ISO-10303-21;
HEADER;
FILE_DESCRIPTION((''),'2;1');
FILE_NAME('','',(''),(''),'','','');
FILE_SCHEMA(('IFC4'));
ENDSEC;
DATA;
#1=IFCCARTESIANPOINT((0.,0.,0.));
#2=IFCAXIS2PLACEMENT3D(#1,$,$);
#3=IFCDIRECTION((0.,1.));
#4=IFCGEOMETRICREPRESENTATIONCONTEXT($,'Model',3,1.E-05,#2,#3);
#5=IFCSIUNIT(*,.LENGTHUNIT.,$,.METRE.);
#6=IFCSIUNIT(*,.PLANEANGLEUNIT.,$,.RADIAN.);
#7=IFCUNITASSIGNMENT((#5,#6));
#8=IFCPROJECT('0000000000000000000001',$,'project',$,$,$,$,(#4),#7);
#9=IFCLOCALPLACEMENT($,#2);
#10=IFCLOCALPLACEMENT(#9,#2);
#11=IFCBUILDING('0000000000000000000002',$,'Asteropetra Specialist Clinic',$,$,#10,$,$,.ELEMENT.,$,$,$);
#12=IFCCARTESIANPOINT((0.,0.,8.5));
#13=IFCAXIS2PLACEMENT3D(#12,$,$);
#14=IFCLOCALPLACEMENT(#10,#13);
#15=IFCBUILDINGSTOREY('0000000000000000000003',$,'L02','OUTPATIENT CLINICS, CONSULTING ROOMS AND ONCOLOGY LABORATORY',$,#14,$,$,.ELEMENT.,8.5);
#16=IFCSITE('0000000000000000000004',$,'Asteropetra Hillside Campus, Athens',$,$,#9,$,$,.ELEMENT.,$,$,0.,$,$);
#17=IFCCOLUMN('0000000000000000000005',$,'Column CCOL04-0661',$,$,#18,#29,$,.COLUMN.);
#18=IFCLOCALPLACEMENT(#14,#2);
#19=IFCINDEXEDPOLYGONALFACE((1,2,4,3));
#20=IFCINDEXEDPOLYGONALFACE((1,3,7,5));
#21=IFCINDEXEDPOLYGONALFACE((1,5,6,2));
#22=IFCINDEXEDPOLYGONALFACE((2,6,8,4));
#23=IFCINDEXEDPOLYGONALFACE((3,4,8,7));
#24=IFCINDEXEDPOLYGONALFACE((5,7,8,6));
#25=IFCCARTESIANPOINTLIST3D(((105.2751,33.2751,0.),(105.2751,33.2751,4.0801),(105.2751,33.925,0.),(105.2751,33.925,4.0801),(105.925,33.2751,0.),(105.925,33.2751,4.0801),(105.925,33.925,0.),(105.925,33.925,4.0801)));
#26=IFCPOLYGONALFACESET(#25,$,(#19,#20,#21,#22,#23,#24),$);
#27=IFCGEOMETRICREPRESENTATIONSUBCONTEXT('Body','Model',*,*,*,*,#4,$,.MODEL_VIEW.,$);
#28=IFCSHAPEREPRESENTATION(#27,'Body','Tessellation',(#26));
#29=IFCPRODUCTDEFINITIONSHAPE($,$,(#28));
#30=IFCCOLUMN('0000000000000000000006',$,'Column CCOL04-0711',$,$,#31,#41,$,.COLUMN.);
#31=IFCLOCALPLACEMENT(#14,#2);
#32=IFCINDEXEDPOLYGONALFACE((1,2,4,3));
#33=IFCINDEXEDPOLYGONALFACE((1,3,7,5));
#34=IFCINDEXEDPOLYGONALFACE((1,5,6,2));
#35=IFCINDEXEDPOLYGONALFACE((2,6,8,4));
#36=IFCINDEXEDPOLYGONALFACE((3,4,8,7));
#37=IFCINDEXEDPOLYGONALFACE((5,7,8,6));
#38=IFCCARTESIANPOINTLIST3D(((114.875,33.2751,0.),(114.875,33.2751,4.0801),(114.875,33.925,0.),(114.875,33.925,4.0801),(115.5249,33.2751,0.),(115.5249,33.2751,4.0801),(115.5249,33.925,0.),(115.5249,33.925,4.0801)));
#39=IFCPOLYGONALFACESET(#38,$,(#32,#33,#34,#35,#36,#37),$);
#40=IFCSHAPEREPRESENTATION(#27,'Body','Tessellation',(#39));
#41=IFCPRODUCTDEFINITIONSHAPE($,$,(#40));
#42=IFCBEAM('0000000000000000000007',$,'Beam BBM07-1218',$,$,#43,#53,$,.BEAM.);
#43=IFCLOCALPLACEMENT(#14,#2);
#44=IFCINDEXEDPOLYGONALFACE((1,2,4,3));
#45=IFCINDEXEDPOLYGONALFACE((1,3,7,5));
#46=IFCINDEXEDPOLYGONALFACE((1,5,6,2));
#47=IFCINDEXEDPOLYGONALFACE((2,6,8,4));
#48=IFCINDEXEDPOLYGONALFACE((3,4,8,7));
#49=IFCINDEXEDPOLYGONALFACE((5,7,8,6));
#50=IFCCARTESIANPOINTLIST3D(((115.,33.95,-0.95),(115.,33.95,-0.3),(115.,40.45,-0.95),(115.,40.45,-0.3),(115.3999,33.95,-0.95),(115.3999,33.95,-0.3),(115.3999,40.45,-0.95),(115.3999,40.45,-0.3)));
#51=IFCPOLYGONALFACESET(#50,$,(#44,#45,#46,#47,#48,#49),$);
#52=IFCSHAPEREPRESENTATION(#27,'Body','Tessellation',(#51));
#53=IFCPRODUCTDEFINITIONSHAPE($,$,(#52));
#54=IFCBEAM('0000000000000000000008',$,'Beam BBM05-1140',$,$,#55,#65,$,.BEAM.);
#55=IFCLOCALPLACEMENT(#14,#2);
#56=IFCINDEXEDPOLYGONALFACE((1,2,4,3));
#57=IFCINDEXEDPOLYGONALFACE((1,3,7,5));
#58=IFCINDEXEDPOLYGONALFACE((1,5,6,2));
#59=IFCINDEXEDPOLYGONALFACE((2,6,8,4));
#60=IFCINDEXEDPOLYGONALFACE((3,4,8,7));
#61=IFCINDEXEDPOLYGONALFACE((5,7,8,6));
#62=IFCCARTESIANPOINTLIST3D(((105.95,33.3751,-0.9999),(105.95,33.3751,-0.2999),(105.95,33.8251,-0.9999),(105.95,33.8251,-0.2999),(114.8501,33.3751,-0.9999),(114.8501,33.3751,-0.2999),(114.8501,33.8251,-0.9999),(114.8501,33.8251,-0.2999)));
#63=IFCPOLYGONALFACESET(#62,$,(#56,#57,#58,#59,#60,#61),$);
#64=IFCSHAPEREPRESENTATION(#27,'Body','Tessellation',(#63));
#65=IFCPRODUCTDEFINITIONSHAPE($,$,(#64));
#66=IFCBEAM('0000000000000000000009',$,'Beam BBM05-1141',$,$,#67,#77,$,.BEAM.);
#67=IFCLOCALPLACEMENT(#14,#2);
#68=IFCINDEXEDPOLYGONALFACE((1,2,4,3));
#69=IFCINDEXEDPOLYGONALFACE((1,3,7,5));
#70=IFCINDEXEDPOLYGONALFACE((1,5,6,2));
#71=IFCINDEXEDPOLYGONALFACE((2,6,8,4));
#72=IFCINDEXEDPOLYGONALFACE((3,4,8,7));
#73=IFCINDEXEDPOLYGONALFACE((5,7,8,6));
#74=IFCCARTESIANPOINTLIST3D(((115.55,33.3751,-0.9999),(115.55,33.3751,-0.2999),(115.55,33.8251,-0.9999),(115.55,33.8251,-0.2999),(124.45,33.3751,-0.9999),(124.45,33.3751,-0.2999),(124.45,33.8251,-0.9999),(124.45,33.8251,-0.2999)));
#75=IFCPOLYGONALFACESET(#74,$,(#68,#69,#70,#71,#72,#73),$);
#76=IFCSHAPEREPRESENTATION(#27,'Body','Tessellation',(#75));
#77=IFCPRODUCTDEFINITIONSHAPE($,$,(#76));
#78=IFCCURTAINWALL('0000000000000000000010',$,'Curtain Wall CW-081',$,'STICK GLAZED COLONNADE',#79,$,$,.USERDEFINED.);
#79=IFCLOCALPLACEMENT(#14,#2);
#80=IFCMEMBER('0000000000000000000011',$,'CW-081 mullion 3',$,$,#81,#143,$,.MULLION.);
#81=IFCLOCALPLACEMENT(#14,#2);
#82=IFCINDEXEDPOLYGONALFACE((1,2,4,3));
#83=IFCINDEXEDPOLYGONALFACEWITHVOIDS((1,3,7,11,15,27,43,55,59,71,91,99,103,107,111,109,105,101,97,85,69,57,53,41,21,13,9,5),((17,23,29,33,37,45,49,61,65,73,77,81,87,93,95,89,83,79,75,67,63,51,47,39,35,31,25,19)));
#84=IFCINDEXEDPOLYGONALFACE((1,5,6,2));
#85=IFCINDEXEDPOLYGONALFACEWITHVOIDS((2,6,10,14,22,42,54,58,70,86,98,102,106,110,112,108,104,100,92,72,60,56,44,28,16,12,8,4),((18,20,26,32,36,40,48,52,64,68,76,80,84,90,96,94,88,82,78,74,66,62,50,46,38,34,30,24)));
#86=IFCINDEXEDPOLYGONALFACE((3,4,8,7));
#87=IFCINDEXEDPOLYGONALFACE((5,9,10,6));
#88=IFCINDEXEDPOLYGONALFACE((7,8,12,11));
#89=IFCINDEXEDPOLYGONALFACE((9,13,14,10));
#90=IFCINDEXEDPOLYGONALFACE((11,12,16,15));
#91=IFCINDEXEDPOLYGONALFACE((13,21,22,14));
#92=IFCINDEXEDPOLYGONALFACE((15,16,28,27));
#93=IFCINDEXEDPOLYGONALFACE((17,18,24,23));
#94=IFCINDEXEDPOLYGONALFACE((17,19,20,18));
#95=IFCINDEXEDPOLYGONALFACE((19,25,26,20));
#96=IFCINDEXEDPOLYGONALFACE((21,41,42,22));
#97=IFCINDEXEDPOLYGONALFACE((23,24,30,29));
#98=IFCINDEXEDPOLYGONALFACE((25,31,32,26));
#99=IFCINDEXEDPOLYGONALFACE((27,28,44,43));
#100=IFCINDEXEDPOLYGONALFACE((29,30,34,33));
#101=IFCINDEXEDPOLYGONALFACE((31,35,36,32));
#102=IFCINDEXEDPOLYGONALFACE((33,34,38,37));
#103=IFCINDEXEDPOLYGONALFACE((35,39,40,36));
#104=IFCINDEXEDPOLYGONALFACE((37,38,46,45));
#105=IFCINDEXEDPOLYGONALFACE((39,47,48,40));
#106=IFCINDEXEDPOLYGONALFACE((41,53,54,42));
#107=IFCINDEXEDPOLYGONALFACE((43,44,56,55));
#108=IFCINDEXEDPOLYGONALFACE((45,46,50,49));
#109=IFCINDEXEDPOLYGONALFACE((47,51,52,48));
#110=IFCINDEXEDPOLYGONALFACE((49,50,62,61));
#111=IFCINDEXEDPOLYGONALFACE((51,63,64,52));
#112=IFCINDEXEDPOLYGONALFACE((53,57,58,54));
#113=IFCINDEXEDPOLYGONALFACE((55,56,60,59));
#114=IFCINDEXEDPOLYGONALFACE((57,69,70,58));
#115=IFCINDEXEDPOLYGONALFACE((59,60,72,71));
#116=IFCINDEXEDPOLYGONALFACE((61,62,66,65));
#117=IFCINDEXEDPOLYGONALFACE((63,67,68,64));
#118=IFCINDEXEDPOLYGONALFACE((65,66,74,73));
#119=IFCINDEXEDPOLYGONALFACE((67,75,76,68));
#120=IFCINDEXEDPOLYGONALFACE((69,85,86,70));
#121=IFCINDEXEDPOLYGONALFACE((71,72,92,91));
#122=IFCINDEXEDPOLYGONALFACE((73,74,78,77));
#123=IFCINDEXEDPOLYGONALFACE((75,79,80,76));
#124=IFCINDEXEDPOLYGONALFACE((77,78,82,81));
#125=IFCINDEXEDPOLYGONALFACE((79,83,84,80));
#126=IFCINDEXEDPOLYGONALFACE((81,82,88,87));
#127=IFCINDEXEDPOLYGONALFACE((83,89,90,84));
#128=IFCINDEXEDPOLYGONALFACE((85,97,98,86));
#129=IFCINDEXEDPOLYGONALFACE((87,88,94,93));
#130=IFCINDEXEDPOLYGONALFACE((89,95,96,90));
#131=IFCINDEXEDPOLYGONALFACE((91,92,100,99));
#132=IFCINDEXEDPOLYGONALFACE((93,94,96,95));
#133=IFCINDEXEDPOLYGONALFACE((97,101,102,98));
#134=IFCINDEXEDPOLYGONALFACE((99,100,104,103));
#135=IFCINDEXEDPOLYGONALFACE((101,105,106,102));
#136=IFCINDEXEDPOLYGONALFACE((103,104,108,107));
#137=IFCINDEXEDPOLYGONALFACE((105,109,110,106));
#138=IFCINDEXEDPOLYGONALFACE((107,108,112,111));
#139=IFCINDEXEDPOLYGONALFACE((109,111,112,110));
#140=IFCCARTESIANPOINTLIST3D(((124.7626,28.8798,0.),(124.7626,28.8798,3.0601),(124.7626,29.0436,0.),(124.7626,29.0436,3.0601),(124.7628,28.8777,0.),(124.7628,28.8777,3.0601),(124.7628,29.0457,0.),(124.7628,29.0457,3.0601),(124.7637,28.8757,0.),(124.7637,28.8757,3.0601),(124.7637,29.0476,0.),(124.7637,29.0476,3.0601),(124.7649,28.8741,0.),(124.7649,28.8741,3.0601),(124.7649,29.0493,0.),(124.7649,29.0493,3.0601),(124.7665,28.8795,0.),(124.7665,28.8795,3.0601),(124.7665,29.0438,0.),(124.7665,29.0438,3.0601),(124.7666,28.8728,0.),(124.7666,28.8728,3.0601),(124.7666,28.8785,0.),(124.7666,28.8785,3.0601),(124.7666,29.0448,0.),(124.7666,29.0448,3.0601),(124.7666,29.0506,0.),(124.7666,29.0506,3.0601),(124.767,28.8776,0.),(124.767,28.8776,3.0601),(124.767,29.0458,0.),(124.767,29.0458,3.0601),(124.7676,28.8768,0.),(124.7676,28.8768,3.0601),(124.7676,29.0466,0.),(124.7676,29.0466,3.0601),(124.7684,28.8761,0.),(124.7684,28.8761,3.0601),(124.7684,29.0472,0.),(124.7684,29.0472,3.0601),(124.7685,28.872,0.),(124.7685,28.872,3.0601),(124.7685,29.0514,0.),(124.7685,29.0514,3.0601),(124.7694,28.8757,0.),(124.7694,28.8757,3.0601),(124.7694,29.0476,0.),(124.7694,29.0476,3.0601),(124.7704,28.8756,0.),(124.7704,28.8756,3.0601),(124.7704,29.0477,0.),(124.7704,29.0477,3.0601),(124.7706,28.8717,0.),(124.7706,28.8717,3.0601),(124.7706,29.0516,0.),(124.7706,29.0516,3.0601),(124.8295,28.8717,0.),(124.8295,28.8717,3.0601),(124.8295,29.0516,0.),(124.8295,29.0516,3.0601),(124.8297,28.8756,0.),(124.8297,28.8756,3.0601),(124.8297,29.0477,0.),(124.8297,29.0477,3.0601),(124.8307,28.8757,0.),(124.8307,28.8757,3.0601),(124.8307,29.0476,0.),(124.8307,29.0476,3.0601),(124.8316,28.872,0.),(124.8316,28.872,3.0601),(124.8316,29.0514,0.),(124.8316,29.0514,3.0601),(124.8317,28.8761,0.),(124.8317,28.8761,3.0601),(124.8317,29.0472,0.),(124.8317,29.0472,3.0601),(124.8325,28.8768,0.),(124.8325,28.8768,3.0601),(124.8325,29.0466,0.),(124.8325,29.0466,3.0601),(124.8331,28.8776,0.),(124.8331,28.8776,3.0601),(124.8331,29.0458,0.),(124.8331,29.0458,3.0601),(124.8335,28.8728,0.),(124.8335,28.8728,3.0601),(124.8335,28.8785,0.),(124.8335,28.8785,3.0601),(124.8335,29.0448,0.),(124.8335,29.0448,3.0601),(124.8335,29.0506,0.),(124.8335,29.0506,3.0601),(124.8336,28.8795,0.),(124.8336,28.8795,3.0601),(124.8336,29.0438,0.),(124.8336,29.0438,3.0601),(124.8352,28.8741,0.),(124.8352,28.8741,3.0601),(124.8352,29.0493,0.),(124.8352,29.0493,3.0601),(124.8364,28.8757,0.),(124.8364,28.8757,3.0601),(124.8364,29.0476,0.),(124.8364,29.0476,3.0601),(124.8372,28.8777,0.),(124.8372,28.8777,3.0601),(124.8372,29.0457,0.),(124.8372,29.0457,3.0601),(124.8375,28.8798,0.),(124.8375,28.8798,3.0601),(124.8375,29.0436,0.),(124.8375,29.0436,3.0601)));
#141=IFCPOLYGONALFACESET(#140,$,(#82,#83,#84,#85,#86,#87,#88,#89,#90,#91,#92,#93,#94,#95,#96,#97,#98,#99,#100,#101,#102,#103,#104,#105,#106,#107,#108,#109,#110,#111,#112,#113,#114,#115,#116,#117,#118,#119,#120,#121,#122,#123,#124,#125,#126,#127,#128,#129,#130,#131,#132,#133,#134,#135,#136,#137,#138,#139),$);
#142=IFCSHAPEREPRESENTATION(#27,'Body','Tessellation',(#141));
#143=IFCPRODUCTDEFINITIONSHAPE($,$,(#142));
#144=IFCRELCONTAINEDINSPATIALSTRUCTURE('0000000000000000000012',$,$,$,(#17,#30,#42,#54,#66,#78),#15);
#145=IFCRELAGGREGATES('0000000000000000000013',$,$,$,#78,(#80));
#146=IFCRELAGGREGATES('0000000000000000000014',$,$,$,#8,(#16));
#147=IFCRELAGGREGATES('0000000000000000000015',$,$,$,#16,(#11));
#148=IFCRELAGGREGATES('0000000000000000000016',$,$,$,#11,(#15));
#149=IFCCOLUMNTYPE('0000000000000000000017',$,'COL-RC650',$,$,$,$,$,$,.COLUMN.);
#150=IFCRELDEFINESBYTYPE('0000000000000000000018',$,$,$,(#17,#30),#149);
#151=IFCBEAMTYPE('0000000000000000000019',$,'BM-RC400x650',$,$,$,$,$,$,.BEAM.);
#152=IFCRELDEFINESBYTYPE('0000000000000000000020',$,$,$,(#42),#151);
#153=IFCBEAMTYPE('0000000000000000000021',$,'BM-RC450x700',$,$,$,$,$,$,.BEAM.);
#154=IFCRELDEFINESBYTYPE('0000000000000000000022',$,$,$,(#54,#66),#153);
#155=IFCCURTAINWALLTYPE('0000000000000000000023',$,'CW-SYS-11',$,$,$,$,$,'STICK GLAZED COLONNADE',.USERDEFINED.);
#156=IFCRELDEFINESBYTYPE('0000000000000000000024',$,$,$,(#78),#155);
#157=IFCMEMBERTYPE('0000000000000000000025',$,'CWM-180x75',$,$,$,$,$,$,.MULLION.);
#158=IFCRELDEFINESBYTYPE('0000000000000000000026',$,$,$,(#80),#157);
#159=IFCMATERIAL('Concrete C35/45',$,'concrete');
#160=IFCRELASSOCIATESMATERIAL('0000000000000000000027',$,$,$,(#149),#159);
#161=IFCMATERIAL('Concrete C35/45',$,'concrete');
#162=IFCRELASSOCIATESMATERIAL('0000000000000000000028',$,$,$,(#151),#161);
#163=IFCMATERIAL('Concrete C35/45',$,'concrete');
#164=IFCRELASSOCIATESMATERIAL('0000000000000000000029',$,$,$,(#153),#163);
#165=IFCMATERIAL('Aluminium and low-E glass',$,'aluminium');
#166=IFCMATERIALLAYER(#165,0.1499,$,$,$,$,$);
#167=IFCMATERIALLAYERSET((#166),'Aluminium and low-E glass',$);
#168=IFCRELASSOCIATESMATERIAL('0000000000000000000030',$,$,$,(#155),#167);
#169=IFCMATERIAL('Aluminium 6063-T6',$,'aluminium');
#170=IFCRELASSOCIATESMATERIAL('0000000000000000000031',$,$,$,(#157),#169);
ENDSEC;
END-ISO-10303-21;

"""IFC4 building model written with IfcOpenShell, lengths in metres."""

from ifc_helpers import new_model, si_unit, direction, frame, origin, origin_2d, place, context, subcontext, project, spatial, rectangle, hollow_rectangle, extrude, material, layer, layer_set, material_profile, profile_set, type_object, element, aggregate, save


model = new_model("IFC4")

# Units and contexts
model_context = context("Model", 3, precision=1e-05, world=origin(), true_north=direction((0.0, 1.0)))
body_context = subcontext(model_context, "Body", "Model", "MODEL_VIEW")
ifc_project = project(units=[si_unit("LENGTHUNIT", "METRE"), si_unit("PLANEANGLEUNIT", "RADIAN")], contexts=[model_context])

# Site, building, storey
site_placement = place(None, origin())
site = spatial("IfcSite", under=ifc_project, at=site_placement, Name="Asteropetra Hillside Campus, Athens", CompositionType="ELEMENT", RefElevation=0.0)
building_placement = place(site_placement, origin())
building = spatial("IfcBuilding", under=site, at=building_placement, Name="Asteropetra Specialist Clinic", CompositionType="ELEMENT")
storey_placement = place(building_placement, frame((0.0, 0.0, 8.5)))
storey = spatial("IfcBuildingStorey", under=building, at=storey_placement, Name="L02", Description="OUTPATIENT CLINICS, CONSULTING ROOMS AND ONCOLOGY LABORATORY", CompositionType="ELEMENT", Elevation=8.5)

# Columns
ifc_material_1 = material(Name="Concrete C35/45", Category="concrete")
ifc_material_profile_1 = material_profile(ifc_material_1, rectangle(XDim=0.6499, YDim=0.6499, at=origin_2d()), Name="RC 650x650")
ifc_profile_set_1 = profile_set([ifc_material_profile_1], Name="Concrete C35/45")
column_type = type_object("IfcColumnType", Name="COL-RC650", PredefinedType="COLUMN", material=ifc_profile_set_1)
for number, where, z_axis, x_axis, name in (
    (1, (105.6001, 33.6001, 0.0), (0.0, 0.0, 1.0), (1.0, 0.0, 0.0), "Column CCOL04-0661"),
    (2, (115.2, 33.6001, 0.0), (0.0, 0.0, 1.0), (1.0, 0.0, 0.0), "Column CCOL04-0711"),
):
    element("IfcColumn", number, at=place(storey_placement, frame(where, z_axis=z_axis, x_axis=x_axis)), inside=storey, type_object=column_type, Name=name, PredefinedType="COLUMN", context=body_context, shape_type="SweptSolid", body=[
        extrude(rectangle(XDim=0.6499, YDim=0.6499, at=origin_2d()), origin(), (0.0, 0.0, 1.0), 4.0801),
    ])

# Beams
ifc_material_2 = material(Name="Concrete C35/45", Category="concrete")
ifc_material_profile_2 = material_profile(ifc_material_2, rectangle(XDim=0.3999, YDim=0.6499, at=origin_2d()), Name="RCB 400x650")
ifc_profile_set_2 = profile_set([ifc_material_profile_2], Name="Concrete C35/45")
beam_type_1 = type_object("IfcBeamType", Name="BM-RC400x650", PredefinedType="BEAM", material=ifc_profile_set_2)
beam_1_placement = place(storey_placement, frame((115.2, 33.95, -0.625), z_axis=(0.0, 1.0, 0.0), x_axis=(-1.0, 0.0, 0.0)))
element("IfcBeam", 3, at=beam_1_placement, inside=storey, type_object=beam_type_1, Name="Beam BBM07-1218", PredefinedType="BEAM", context=body_context, shape_type="SweptSolid", body=[
    extrude(rectangle(XDim=0.3999, YDim=0.6499, at=origin_2d()), origin(), (0.0, 0.0, 1.0), 6.5),
])
ifc_material_3 = material(Name="Concrete C35/45", Category="concrete")
ifc_material_profile_3 = material_profile(ifc_material_3, rectangle(XDim=0.45, YDim=0.7, at=origin_2d()), Name="RCB 450x700")
ifc_profile_set_3 = profile_set([ifc_material_profile_3], Name="Concrete C35/45")
beam_type_2 = type_object("IfcBeamType", Name="BM-RC450x700", PredefinedType="BEAM", material=ifc_profile_set_3)
beam_2_placement = place(storey_placement, frame((105.95, 33.6001, -0.6499), z_axis=(1.0, 0.0, 0.0), x_axis=(0.0, 1.0, 0.0)))
element("IfcBeam", 4, at=beam_2_placement, inside=storey, type_object=beam_type_2, Name="Beam BBM05-1140", PredefinedType="BEAM", context=body_context, shape_type="SweptSolid", body=[
    extrude(rectangle(XDim=0.45, YDim=0.7, at=origin_2d()), origin(), (0.0, 0.0, 1.0), 8.9001),
])
beam_3_placement = place(storey_placement, frame((115.55, 33.6001, -0.6499), z_axis=(1.0, 0.0, 0.0), x_axis=(0.0, 1.0, 0.0)))
element("IfcBeam", 5, at=beam_3_placement, inside=storey, type_object=beam_type_2, Name="Beam BBM05-1141", PredefinedType="BEAM", context=body_context, shape_type="SweptSolid", body=[
    extrude(rectangle(XDim=0.45, YDim=0.7, at=origin_2d()), origin(), (0.0, 0.0, 1.0), 8.8999),
])

# Curtain wall, member
ifc_material_4 = material(Name="Aluminium and low-E glass", Category="aluminium")
ifc_layer_1 = layer(ifc_material_4, 0.1499)
ifc_layer_set_1 = layer_set([ifc_layer_1], Name="Aluminium and low-E glass")
curtain_wall_type = type_object("IfcCurtainWallType", Name="CW-SYS-11", ElementType="STICK GLAZED COLONNADE", PredefinedType="USERDEFINED", material=ifc_layer_set_1)
curtain_wall_placement = place(storey_placement, origin())
curtain_wall = element("IfcCurtainWall", 6, at=curtain_wall_placement, inside=storey, type_object=curtain_wall_type, Name="Curtain Wall CW-081", ObjectType="STICK GLAZED COLONNADE", PredefinedType="USERDEFINED")
ifc_material_5 = material(Name="Aluminium 6063-T6", Category="aluminium")
ifc_material_profile_4 = material_profile(ifc_material_5, hollow_rectangle(XDim=0.075, YDim=0.1799, WallThickness=0.0039, InnerFilletRadius=0.0039, OuterFilletRadius=0.0081, at=origin_2d()), Name="MUL 180x75x4.0")
ifc_profile_set_4 = profile_set([ifc_material_profile_4], Name="Aluminium 6063-T6")
member_type_1 = type_object("IfcMemberType", Name="CWM-180x75", PredefinedType="MULLION", material=ifc_profile_set_4)
member_1_placement = place(storey_placement, frame((124.8, 28.9617, 0.0), z_axis=(0.0, 0.0, 1.0), x_axis=(1.0, 0.0, 0.0)))
member_1 = element("IfcMember", 7, at=member_1_placement, type_object=member_type_1, Name="CW-081 mullion 3", PredefinedType="MULLION", context=body_context, shape_type="SweptSolid", body=[
    extrude(hollow_rectangle(XDim=0.075, YDim=0.1799, WallThickness=0.0039, InnerFilletRadius=0.0039, OuterFilletRadius=0.0081, at=origin_2d()), origin(), (0.0, 0.0, 1.0), 3.0601),
])

aggregate(curtain_wall, [member_1])

save(model, "model.ifc")
